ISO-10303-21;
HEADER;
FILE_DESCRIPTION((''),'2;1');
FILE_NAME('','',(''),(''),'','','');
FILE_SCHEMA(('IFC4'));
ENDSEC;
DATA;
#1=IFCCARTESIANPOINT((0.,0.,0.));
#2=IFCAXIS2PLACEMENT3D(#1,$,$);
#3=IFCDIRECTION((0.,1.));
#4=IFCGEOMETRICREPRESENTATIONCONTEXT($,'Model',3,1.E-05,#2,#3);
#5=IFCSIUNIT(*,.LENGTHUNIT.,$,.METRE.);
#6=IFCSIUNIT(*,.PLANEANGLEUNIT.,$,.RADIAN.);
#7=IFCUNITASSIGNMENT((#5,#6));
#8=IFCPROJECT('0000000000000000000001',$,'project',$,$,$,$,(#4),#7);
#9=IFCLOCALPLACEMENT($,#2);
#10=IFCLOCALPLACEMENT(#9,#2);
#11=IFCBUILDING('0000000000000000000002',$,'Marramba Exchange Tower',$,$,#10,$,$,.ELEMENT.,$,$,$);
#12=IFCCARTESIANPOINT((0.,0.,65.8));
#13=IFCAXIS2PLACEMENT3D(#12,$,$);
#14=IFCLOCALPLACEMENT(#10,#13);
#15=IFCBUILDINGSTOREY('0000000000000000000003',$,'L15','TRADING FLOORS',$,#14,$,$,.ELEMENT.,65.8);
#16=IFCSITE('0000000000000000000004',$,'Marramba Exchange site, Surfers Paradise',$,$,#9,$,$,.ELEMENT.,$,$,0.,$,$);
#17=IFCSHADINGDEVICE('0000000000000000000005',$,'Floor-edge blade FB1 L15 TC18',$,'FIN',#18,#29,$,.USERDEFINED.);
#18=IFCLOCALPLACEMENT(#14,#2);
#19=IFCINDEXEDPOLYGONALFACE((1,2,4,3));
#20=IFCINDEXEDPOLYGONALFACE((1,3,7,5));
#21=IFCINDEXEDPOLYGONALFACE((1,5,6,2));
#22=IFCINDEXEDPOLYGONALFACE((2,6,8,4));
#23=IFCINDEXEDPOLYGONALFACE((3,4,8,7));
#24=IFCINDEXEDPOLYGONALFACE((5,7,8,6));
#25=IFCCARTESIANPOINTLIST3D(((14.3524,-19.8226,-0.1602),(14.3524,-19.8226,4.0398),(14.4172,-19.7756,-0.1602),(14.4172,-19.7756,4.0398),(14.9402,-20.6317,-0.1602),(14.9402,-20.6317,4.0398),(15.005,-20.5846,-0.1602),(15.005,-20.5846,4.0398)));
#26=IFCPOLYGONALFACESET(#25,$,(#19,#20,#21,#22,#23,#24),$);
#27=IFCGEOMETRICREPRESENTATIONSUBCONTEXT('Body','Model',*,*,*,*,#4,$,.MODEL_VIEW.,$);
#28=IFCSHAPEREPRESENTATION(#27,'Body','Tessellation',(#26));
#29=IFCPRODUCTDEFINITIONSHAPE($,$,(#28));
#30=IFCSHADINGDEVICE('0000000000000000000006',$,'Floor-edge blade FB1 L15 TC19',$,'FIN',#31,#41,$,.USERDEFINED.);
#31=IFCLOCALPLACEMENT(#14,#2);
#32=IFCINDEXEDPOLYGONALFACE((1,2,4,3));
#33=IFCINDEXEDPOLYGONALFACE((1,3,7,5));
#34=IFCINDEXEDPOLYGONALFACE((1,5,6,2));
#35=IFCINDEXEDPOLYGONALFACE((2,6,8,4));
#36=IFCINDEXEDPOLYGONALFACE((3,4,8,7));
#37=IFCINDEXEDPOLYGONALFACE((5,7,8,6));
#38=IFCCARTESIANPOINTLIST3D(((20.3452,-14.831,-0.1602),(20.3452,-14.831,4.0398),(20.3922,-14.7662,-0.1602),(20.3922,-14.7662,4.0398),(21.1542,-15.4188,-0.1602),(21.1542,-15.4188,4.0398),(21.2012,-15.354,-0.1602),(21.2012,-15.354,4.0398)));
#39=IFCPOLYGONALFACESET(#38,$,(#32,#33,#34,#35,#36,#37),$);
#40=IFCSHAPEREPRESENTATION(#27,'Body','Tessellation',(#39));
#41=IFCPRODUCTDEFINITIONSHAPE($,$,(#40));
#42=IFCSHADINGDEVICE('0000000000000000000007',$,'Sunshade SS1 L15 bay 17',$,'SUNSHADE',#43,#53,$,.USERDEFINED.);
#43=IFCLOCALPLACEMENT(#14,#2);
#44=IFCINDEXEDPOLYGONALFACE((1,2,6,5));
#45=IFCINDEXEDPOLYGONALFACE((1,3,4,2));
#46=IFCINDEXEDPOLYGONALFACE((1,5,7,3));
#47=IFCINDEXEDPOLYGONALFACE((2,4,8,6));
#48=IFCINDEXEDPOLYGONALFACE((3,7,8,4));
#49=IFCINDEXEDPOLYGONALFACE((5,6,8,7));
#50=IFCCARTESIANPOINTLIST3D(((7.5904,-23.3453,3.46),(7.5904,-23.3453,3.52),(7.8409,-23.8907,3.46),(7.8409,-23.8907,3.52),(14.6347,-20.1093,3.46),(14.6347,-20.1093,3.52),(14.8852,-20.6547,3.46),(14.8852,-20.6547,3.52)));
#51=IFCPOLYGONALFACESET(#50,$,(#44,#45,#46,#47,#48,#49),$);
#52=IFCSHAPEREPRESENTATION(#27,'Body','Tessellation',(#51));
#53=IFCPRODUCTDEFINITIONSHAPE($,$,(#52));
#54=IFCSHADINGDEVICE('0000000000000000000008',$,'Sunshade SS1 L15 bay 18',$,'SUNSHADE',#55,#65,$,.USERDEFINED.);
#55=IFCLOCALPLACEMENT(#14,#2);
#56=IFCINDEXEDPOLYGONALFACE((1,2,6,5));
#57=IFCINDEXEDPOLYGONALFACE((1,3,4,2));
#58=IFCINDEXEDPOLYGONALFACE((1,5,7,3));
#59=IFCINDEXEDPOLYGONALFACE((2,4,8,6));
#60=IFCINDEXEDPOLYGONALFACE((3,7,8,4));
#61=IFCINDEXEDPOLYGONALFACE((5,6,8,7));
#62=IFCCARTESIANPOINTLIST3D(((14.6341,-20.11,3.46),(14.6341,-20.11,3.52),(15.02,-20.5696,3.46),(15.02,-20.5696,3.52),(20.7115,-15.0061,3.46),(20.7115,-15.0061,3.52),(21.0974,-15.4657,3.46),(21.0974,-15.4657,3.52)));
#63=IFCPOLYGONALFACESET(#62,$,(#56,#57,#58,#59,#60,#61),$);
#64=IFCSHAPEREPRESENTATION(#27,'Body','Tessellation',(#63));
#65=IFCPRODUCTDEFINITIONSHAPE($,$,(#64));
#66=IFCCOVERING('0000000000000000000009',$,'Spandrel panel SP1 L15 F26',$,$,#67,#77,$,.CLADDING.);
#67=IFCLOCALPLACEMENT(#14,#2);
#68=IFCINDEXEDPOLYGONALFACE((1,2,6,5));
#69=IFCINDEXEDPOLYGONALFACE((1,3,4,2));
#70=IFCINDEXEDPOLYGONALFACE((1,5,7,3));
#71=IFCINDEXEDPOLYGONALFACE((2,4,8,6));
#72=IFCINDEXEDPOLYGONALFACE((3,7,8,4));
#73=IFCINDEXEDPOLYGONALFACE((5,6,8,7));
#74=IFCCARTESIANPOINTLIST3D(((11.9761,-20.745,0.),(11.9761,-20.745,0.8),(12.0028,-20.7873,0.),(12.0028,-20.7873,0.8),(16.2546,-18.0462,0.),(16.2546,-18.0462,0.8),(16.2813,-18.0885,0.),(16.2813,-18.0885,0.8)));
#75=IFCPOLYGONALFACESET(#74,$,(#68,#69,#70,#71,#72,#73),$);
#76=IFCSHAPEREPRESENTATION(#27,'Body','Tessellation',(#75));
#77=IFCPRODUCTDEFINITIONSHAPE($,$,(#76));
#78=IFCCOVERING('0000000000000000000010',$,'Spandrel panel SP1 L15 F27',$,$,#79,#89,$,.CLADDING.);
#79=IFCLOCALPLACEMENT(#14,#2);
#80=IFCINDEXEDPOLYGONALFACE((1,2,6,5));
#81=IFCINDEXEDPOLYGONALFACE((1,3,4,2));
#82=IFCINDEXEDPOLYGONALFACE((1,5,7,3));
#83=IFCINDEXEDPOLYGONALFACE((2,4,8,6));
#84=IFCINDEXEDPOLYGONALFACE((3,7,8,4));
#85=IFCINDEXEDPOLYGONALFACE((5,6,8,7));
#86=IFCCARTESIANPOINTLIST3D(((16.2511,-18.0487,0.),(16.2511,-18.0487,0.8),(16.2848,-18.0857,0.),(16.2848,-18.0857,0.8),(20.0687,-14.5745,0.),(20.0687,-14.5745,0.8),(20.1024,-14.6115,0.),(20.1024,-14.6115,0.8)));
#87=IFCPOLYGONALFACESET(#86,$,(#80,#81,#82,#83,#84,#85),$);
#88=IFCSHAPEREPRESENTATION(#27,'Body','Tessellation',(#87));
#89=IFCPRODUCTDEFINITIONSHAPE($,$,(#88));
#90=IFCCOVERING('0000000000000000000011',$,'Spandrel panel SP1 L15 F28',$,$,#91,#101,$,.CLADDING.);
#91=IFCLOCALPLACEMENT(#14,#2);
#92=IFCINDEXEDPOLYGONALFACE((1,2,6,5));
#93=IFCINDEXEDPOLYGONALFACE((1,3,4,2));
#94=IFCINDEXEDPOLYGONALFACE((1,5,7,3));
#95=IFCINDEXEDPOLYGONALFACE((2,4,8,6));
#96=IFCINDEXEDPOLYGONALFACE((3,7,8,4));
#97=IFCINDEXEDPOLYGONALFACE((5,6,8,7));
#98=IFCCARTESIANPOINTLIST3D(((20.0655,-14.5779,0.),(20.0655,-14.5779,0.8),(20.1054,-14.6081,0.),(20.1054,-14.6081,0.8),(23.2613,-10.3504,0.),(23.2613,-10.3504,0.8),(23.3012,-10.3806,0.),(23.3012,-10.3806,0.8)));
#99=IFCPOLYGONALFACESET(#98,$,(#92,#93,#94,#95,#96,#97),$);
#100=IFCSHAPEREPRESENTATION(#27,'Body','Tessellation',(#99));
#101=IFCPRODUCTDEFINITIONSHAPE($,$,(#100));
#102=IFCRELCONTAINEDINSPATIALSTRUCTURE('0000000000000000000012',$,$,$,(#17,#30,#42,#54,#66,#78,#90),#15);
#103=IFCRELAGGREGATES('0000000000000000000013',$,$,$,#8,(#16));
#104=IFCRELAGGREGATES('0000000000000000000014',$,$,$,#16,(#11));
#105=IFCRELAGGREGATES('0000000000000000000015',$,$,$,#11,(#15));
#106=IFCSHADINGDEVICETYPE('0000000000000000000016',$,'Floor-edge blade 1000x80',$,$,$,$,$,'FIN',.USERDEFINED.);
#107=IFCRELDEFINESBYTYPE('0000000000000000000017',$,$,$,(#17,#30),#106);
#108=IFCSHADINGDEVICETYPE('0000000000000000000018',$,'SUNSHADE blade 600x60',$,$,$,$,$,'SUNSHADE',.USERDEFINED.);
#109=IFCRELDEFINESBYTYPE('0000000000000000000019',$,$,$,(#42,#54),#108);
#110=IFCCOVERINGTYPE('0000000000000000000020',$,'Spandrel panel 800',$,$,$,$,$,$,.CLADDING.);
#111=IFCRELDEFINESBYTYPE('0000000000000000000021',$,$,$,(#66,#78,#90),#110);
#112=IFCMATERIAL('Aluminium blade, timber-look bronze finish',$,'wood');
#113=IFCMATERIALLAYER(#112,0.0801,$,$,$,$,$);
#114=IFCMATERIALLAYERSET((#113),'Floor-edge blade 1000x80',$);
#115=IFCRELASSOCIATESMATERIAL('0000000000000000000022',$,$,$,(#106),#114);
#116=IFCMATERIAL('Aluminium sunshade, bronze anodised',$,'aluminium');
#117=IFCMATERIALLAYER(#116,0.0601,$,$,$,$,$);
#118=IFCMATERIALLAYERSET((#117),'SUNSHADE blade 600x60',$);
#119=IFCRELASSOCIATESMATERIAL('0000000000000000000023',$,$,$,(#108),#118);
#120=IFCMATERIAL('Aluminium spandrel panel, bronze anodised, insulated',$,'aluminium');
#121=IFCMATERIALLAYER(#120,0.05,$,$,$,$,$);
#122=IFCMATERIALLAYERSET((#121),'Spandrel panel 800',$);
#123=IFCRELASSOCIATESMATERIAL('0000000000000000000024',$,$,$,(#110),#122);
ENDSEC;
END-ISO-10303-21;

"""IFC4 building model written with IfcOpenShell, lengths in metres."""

from ifc_helpers import new_model, si_unit, direction, frame, origin, origin_2d, place, context, subcontext, project, spatial, rectangle, extrude, material, layer, layer_set, type_object, element, save


model = new_model("IFC4")

# Units and contexts
model_context = context("Model", 3, precision=1e-05, world=origin(), true_north=direction((0.0, 1.0)))
body_context = subcontext(model_context, "Body", "Model", "MODEL_VIEW")
ifc_project = project(units=[si_unit("LENGTHUNIT", "METRE"), si_unit("PLANEANGLEUNIT", "RADIAN")], contexts=[model_context])

# Site, building, storey
site_placement = place(None, origin())
site = spatial("IfcSite", under=ifc_project, at=site_placement, Name="Marramba Exchange site, Surfers Paradise", CompositionType="ELEMENT", RefElevation=0.0)
building_placement = place(site_placement, origin())
building = spatial("IfcBuilding", under=site, at=building_placement, Name="Marramba Exchange Tower", CompositionType="ELEMENT")
storey_placement = place(building_placement, frame((0.0, 0.0, 65.8)))
storey = spatial("IfcBuildingStorey", under=building, at=storey_placement, Name="L15", Description="TRADING FLOORS", CompositionType="ELEMENT", Elevation=65.8)

# Shading devices
ifc_material_1 = material(Name="Aluminium blade, timber-look bronze finish", Category="wood")
ifc_layer_1 = layer(ifc_material_1, 0.0801)
ifc_layer_set_1 = layer_set([ifc_layer_1], Name="Floor-edge blade 1000x80")
shading_device_type_1 = type_object("IfcShadingDeviceType", Name="Floor-edge blade 1000x80", ElementType="FIN", PredefinedType="USERDEFINED", material=ifc_layer_set_1)
for number, where, z_axis, x_axis, name in (
    (1, (14.6787, -20.2036, -0.1602), (0.0, 0.0, 1.0), (0.587785, -0.809017, 0.0), "Floor-edge blade FB1 L15 TC18"),
    (2, (20.7732, -15.0925, -0.1602), (0.0, 0.0, 1.0), (0.809017, -0.587785, 0.0), "Floor-edge blade FB1 L15 TC19"),
):
    element("IfcShadingDevice", number, at=place(storey_placement, frame(where, z_axis=z_axis, x_axis=x_axis)), inside=storey, type_object=shading_device_type_1, Name=name, ObjectType="FIN", PredefinedType="USERDEFINED", context=body_context, shape_type="SweptSolid", body=[
        extrude(rectangle(XDim=1.0, YDim=0.0801, at=origin_2d()), origin(), (0.0, 0.0, 1.0), 4.2),
    ])
ifc_material_2 = material(Name="Aluminium sunshade, bronze anodised", Category="aluminium")
ifc_layer_2 = layer(ifc_material_2, 0.0601)
ifc_layer_set_2 = layer_set([ifc_layer_2], Name="SUNSHADE blade 600x60")
shading_device_type_2 = type_object("IfcShadingDeviceType", Name="SUNSHADE blade 600x60", ElementType="SUNSHADE", PredefinedType="USERDEFINED", material=ifc_layer_set_2)
shading_device_1_placement = place(storey_placement, frame((11.2378, -22.0, 3.46), z_axis=(0.0, 0.0, 1.0), x_axis=(0.908704, 0.417442, 0.0)))
element("IfcShadingDevice", 3, at=shading_device_1_placement, inside=storey, type_object=shading_device_type_2, Name="Sunshade SS1 L15 bay 17", ObjectType="SUNSHADE", PredefinedType="USERDEFINED", context=body_context, shape_type="SweptSolid", body=[
    extrude(rectangle(XDim=7.752, YDim=0.6001, at=origin_2d()), origin(), (0.0, 0.0, 1.0), 0.0601),
])
shading_device_2_placement = place(storey_placement, frame((17.8657, -17.7878, 3.46), z_axis=(0.0, 0.0, 1.0), x_axis=(0.765776, 0.643107, 0.0)))
element("IfcShadingDevice", 4, at=shading_device_2_placement, inside=storey, type_object=shading_device_type_2, Name="Sunshade SS1 L15 bay 18", ObjectType="SUNSHADE", PredefinedType="USERDEFINED", context=body_context, shape_type="SweptSolid", body=[
    extrude(rectangle(XDim=7.9363, YDim=0.6001, at=origin_2d()), origin(), (0.0, 0.0, 1.0), 0.0601),
])

# Coverings
ifc_material_3 = material(Name="Aluminium spandrel panel, bronze anodised, insulated", Category="aluminium")
ifc_layer_3 = layer(ifc_material_3, 0.05)
ifc_layer_set_3 = layer_set([ifc_layer_3], Name="Spandrel panel 800")
covering_type = type_object("IfcCoveringType", Name="Spandrel panel 800", PredefinedType="CLADDING", material=ifc_layer_set_3)
covering_1_placement = place(storey_placement, frame((14.1287, -19.4167, 0.0), z_axis=(0.0, 0.0, 1.0), x_axis=(0.845791, 0.533515, 0.0)))
element("IfcCovering", 5, at=covering_1_placement, inside=storey, type_object=covering_type, Name="Spandrel panel SP1 L15 F26", PredefinedType="CLADDING", context=body_context, shape_type="SweptSolid", body=[
    extrude(rectangle(XDim=5.0586, YDim=0.05, at=origin_2d()), origin(), (0.0, 0.0, 1.0), 0.8),
])
covering_2_placement = place(storey_placement, frame((18.1768, -16.3301, 0.0), z_axis=(0.0, 0.0, 1.0), x_axis=(0.73959, 0.673058, 0.0)))
element("IfcCovering", 6, at=covering_2_placement, inside=storey, type_object=covering_type, Name="Spandrel panel SP1 L15 F27", PredefinedType="CLADDING", context=body_context, shape_type="SweptSolid", body=[
    extrude(rectangle(XDim=5.1619, YDim=0.05, at=origin_2d()), origin(), (0.0, 0.0, 1.0), 0.8),
])
covering_3_placement = place(storey_placement, frame((21.6833, -12.4792, 0.0), z_axis=(0.0, 0.0, 1.0), x_axis=(0.60304, 0.797711, 0.0)))
element("IfcCovering", 7, at=covering_3_placement, inside=storey, type_object=covering_type, Name="Spandrel panel SP1 L15 F28", PredefinedType="CLADDING", context=body_context, shape_type="SweptSolid", body=[
    extrude(rectangle(XDim=5.2996, YDim=0.05, at=origin_2d()), origin(), (0.0, 0.0, 1.0), 0.8),
])

save(model, "model.ifc")
